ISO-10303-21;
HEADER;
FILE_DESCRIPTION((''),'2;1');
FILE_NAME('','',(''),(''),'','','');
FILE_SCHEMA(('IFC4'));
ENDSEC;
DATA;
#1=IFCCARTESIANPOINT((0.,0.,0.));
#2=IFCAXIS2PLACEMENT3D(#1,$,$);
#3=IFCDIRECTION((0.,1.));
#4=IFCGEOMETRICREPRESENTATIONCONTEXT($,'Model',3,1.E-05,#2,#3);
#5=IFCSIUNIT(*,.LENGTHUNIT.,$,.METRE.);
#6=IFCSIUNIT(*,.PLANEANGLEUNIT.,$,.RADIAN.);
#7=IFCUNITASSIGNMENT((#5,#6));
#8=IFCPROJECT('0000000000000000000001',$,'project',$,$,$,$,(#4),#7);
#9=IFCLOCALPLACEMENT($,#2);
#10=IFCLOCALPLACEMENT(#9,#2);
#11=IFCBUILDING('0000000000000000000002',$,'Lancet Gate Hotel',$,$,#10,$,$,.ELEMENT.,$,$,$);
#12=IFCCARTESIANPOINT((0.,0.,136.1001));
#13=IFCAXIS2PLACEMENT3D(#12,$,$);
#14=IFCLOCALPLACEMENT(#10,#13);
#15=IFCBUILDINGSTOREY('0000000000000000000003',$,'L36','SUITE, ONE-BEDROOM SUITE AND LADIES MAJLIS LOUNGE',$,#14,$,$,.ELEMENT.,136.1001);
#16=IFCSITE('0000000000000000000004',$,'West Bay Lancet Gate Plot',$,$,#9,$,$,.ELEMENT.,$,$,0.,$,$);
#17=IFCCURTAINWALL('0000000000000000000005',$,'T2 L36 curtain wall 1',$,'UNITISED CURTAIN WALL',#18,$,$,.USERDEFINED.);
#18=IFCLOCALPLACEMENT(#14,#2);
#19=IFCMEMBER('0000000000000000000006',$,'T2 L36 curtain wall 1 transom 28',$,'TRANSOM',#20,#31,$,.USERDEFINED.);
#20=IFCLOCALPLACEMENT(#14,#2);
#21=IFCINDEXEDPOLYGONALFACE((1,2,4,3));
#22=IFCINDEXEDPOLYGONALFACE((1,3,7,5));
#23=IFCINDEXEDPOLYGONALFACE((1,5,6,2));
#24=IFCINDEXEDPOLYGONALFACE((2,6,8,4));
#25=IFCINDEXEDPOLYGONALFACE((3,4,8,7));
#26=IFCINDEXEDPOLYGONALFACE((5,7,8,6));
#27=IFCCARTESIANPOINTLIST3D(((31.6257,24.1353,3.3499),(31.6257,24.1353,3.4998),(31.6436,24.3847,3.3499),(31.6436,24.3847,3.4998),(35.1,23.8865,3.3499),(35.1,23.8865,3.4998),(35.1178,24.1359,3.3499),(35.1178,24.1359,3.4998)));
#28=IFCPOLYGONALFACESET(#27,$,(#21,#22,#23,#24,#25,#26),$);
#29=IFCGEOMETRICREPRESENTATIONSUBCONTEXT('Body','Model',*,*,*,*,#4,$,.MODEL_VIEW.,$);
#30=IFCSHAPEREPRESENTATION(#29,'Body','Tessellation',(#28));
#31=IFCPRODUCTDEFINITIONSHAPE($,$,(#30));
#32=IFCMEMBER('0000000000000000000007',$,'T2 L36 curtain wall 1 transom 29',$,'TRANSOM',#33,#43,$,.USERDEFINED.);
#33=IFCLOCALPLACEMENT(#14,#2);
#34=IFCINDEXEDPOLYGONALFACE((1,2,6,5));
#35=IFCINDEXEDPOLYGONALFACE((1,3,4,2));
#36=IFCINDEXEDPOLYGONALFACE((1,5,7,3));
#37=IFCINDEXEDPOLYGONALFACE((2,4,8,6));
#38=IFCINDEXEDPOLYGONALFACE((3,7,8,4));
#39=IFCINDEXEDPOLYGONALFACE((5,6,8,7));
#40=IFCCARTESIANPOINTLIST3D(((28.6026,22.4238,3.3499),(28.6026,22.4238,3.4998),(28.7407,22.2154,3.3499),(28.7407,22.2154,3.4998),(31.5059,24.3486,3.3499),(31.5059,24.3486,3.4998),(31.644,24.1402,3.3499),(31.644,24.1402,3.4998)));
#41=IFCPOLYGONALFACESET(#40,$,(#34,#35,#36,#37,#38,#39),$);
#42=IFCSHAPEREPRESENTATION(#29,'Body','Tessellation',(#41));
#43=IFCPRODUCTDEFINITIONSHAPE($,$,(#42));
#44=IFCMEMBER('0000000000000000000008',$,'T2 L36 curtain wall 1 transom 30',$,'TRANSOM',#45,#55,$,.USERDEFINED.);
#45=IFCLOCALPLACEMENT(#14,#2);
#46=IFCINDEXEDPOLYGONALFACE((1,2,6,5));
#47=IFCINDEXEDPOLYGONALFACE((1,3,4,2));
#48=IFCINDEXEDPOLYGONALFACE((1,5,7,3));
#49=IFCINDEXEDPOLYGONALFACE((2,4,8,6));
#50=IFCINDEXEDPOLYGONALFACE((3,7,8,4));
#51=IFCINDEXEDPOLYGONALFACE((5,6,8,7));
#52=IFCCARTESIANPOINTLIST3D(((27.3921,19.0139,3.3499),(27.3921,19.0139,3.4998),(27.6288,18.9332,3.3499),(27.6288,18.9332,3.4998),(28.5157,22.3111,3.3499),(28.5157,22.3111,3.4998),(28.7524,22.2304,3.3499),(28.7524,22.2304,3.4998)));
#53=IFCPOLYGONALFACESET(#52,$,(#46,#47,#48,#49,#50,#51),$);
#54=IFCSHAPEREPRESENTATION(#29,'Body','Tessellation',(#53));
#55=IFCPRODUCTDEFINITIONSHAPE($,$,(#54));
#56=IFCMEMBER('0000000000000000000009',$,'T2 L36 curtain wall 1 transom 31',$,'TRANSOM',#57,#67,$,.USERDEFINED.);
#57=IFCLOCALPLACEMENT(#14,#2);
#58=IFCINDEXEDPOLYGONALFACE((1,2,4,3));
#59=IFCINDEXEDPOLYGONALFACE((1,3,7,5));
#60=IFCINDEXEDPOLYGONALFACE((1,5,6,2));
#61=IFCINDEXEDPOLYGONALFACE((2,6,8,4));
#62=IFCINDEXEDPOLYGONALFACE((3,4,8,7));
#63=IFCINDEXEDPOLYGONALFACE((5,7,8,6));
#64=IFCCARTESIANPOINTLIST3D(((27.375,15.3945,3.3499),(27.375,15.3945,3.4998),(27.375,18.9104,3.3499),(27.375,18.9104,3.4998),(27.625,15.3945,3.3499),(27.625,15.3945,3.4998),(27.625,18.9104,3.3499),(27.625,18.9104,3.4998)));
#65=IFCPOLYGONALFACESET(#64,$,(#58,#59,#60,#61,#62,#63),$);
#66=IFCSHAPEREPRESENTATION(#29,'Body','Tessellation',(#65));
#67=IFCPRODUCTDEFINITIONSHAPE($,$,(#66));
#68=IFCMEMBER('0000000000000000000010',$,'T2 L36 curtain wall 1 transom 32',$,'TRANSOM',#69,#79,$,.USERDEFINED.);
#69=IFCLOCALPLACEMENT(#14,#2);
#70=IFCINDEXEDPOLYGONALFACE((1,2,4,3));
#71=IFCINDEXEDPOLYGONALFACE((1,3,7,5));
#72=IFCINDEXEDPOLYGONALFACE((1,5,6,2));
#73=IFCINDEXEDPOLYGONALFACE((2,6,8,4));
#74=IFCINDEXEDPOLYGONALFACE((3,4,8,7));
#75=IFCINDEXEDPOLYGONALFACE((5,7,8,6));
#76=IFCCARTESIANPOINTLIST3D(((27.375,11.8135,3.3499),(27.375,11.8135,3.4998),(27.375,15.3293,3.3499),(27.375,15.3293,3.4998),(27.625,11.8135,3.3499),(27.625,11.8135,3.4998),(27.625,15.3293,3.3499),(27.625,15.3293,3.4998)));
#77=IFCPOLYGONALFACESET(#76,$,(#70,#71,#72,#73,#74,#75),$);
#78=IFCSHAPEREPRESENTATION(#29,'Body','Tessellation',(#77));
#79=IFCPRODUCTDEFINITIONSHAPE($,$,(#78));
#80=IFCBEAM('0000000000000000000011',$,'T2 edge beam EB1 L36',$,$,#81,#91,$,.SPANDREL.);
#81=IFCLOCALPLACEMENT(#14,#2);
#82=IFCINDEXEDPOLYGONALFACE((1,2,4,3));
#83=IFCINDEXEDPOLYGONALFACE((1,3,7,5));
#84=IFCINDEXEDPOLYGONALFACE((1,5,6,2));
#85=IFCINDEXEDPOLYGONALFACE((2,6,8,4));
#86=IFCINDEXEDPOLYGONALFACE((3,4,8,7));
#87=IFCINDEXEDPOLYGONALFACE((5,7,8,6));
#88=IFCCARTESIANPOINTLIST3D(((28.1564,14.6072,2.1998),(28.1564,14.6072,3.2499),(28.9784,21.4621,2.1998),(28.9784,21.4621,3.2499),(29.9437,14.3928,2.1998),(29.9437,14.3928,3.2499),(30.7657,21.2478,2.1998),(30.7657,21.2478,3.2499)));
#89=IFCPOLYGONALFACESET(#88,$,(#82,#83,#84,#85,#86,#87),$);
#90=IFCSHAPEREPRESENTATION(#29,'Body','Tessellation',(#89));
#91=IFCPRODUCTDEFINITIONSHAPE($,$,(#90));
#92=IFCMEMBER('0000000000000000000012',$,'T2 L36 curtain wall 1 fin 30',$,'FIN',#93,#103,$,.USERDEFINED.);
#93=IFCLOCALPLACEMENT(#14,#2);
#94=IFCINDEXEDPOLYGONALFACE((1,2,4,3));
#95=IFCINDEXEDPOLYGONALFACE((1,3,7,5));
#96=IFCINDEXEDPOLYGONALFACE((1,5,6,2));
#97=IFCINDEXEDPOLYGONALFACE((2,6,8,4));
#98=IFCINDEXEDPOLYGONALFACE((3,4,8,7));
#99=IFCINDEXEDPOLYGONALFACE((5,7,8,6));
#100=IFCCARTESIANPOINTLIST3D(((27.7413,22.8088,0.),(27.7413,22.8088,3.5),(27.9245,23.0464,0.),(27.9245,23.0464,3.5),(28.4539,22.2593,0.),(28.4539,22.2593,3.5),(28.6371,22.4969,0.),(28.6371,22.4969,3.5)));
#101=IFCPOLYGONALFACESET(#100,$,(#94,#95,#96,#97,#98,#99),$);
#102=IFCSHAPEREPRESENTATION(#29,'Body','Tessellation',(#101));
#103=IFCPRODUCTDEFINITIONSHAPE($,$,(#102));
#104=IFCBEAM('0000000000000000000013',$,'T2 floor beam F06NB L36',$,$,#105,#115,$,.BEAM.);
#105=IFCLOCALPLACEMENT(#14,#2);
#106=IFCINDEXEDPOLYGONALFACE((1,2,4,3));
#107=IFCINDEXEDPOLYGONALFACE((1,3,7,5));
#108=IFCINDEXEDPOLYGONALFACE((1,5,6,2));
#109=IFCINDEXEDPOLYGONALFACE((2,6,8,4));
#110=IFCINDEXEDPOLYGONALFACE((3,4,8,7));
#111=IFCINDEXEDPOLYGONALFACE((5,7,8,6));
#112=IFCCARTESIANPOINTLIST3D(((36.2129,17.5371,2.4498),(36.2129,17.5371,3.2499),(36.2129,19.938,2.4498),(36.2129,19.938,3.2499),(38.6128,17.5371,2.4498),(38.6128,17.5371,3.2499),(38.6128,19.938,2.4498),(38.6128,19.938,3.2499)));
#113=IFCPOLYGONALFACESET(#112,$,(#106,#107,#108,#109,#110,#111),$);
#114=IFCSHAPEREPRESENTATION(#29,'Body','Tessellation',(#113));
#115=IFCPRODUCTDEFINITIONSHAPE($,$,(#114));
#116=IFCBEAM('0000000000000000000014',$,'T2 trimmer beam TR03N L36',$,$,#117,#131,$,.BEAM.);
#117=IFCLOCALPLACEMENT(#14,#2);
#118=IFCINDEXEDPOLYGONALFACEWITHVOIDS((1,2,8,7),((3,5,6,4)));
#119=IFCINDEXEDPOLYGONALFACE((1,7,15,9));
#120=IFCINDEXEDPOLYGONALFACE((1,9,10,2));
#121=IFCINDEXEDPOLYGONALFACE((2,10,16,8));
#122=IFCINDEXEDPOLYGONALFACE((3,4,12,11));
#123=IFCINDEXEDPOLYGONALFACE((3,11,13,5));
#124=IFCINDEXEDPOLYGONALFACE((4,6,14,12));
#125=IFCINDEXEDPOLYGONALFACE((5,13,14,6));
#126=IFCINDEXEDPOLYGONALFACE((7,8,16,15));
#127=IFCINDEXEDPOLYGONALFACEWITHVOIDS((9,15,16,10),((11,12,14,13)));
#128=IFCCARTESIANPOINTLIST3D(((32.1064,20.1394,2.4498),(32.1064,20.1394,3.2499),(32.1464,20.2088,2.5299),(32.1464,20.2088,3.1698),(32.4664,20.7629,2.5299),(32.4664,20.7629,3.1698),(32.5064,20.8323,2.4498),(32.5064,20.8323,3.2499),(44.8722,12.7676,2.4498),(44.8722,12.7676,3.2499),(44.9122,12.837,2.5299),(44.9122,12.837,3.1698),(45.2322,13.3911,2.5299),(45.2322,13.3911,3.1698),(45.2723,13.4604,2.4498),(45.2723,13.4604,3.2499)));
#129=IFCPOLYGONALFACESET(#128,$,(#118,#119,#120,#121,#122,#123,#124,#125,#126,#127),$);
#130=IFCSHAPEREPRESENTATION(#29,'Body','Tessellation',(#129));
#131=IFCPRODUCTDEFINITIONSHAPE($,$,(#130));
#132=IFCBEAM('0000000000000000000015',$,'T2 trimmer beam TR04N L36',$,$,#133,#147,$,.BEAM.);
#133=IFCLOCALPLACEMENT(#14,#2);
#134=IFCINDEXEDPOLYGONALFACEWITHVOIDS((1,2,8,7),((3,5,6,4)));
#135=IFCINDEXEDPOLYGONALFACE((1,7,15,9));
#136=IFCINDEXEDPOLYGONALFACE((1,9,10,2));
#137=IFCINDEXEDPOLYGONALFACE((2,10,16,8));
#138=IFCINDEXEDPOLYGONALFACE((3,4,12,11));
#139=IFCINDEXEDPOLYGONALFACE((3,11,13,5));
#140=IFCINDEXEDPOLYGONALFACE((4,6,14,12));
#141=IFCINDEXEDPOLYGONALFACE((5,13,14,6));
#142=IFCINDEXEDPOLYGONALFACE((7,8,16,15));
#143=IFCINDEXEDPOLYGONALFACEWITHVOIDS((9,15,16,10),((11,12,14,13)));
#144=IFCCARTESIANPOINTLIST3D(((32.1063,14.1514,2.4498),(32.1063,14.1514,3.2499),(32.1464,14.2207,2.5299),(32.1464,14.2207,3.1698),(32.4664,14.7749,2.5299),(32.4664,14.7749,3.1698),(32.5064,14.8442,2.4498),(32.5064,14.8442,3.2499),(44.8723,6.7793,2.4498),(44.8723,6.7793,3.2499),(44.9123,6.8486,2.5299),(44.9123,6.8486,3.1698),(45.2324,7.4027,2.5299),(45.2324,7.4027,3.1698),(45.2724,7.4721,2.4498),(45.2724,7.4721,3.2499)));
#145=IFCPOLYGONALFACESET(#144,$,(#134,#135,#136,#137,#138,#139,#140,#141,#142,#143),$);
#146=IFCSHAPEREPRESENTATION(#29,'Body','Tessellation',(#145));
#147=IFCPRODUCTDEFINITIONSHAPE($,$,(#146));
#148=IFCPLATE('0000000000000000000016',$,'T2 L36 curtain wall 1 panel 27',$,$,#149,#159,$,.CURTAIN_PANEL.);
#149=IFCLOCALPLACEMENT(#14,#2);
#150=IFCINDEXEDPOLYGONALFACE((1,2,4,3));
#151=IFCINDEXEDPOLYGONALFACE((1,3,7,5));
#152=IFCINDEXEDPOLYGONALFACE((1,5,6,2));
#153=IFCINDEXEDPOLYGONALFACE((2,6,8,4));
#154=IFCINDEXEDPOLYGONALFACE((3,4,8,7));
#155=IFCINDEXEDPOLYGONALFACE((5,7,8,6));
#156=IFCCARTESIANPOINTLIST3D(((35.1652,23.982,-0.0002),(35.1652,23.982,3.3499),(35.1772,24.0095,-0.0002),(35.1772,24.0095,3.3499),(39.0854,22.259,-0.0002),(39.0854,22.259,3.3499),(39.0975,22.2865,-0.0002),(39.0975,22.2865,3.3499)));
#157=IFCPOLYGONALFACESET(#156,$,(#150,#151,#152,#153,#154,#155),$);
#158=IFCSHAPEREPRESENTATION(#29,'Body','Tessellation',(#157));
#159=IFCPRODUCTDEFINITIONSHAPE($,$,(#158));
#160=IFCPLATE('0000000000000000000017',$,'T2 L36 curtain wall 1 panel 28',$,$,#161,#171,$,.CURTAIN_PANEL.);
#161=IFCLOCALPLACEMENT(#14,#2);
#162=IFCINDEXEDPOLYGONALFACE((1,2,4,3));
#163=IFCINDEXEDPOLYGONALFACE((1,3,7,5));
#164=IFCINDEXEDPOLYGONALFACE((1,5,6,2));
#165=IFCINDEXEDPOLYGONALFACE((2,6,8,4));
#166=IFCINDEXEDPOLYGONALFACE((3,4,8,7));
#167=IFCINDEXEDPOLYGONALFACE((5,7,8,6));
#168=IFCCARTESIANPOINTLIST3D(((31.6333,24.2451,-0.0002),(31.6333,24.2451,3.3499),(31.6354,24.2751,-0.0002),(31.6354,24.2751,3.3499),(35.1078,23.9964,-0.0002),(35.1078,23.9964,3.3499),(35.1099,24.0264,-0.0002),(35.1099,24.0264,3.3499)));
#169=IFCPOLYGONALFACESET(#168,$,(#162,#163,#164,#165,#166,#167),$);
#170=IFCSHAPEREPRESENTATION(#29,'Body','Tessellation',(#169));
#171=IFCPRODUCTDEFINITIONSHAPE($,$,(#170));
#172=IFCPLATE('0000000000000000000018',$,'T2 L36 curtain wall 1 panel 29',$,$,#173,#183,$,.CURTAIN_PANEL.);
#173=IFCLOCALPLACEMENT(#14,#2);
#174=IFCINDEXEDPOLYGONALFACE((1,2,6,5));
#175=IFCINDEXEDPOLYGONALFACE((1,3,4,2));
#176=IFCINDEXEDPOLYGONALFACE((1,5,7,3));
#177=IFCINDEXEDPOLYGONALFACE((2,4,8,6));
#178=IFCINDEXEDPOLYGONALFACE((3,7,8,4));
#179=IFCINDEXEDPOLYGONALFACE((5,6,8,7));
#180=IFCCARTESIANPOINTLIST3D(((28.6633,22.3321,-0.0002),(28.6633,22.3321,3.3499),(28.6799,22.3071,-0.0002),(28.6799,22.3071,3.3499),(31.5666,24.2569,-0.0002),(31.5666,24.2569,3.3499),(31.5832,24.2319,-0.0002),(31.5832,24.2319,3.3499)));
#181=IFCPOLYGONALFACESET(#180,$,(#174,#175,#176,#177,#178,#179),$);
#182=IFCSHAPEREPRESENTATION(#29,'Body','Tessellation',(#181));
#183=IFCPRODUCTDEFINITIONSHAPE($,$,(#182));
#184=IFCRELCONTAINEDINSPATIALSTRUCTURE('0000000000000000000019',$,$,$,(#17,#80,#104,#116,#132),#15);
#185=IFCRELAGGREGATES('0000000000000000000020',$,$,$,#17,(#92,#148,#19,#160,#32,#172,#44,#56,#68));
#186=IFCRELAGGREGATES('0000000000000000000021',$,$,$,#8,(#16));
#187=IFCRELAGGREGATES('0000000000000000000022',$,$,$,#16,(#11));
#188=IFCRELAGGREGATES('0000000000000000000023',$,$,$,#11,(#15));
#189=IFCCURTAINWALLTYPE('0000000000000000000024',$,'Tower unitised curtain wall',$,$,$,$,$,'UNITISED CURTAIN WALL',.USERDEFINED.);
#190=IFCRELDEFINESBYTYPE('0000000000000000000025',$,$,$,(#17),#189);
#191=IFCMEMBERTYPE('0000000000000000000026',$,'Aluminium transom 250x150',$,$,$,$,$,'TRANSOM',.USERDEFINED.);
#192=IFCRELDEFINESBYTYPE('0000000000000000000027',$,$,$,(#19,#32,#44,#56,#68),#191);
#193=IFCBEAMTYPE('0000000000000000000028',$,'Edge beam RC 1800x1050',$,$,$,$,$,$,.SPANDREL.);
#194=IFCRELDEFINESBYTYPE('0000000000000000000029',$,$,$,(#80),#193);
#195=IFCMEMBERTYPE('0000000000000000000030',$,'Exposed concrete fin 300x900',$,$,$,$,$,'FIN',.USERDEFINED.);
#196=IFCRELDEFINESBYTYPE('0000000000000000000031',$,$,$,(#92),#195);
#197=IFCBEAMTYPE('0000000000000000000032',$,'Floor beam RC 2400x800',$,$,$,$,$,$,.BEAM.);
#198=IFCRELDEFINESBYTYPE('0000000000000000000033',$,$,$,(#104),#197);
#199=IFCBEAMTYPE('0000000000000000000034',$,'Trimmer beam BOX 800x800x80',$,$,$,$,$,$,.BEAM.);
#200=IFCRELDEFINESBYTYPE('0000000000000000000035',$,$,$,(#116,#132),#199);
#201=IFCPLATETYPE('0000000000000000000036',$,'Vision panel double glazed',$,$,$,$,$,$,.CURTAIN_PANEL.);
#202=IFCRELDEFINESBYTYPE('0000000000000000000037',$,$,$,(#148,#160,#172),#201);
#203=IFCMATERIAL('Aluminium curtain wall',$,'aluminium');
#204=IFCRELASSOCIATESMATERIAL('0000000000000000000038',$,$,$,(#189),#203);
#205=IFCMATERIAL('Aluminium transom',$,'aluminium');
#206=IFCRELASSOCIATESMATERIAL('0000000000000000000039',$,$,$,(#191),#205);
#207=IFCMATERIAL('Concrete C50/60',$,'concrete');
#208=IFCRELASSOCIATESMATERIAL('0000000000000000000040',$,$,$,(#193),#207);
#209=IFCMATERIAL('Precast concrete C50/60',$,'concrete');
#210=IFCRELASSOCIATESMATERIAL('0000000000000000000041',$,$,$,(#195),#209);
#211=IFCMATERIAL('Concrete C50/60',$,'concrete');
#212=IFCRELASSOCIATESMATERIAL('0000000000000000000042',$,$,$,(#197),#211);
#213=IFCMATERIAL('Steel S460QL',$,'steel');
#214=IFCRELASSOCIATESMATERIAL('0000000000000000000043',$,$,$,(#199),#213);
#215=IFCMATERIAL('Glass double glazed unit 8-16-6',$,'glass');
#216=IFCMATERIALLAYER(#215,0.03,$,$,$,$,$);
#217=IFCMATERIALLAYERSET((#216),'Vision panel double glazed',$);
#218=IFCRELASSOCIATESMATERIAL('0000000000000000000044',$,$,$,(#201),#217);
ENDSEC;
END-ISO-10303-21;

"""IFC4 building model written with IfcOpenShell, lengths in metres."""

from ifc_helpers import new_model, si_unit, direction, frame, origin, origin_2d, place, context, subcontext, project, spatial, rectangle, hollow_rectangle, extrude, material, layer, layer_set, material_profile, profile_set, type_object, element, aggregate, save


model = new_model("IFC4")

# Units and contexts
model_context = context("Model", 3, precision=1e-05, world=origin(), true_north=direction((0.0, 1.0)))
body_context = subcontext(model_context, "Body", "Model", "MODEL_VIEW")
ifc_project = project(units=[si_unit("LENGTHUNIT", "METRE"), si_unit("PLANEANGLEUNIT", "RADIAN")], contexts=[model_context])

# Site, building, storey
site_placement = place(None, origin())
site = spatial("IfcSite", under=ifc_project, at=site_placement, Name="West Bay Lancet Gate Plot", CompositionType="ELEMENT", RefElevation=0.0)
building_placement = place(site_placement, origin())
building = spatial("IfcBuilding", under=site, at=building_placement, Name="Lancet Gate Hotel", CompositionType="ELEMENT")
storey_placement = place(building_placement, frame((0.0, 0.0, 136.1001)))
storey = spatial("IfcBuildingStorey", under=building, at=storey_placement, Name="L36", Description="SUITE, ONE-BEDROOM SUITE AND LADIES MAJLIS LOUNGE", CompositionType="ELEMENT", Elevation=136.1001)

# Curtain wall, members
ifc_material_1 = material(Name="Aluminium curtain wall", Category="aluminium")
curtain_wall_type = type_object("IfcCurtainWallType", Name="Tower unitised curtain wall", ElementType="UNITISED CURTAIN WALL", PredefinedType="USERDEFINED", material=ifc_material_1)
curtain_wall_placement = place(storey_placement, origin())
curtain_wall = element("IfcCurtainWall", 1, at=curtain_wall_placement, inside=storey, type_object=curtain_wall_type, Name="T2 L36 curtain wall 1", ObjectType="UNITISED CURTAIN WALL", PredefinedType="USERDEFINED")
ifc_material_2 = material(Name="Aluminium transom", Category="aluminium")
ifc_material_profile_1 = material_profile(ifc_material_2, rectangle(XDim=0.25, YDim=0.1499, at=origin_2d()), Name="TRANSOM 250x150")
ifc_profile_set_1 = profile_set([ifc_material_profile_1], Name="Aluminium transom")
member_type_1 = type_object("IfcMemberType", Name="Aluminium transom 250x150", ElementType="TRANSOM", PredefinedType="USERDEFINED", material=ifc_profile_set_1)
member_1_placement = place(storey_placement, frame((35.1089, 24.0112, 3.4248), z_axis=(-0.997446, 0.071421, 0.0), x_axis=(-0.071421, -0.997446, 0.0)))
member_1 = element("IfcMember", 2, at=member_1_placement, type_object=member_type_1, Name="T2 L36 curtain wall 1 transom 28", ObjectType="TRANSOM", PredefinedType="USERDEFINED", context=body_context, shape_type="SweptSolid", body=[
    extrude(rectangle(XDim=0.25, YDim=0.1499, at=origin_2d()), origin(), (0.0, 0.0, 1.0), 3.4832),
])
member_2_placement = place(storey_placement, frame((31.575, 24.2444, 3.4248), z_axis=(-0.833471, -0.552563, 0.0), x_axis=(0.552563, -0.833471, 0.0)))
member_2 = element("IfcMember", 3, at=member_2_placement, type_object=member_type_1, Name="T2 L36 curtain wall 1 transom 29", ObjectType="TRANSOM", PredefinedType="USERDEFINED", context=body_context, shape_type="SweptSolid", body=[
    extrude(rectangle(XDim=0.25, YDim=0.1499, at=origin_2d()), origin(), (0.0, 0.0, 1.0), 3.4834),
])
member_3_placement = place(storey_placement, frame((28.634, 22.2708, 3.4248), z_axis=(-0.32255, -0.946553, 0.0), x_axis=(0.946553, -0.32255, 0.0)))
member_3 = element("IfcMember", 4, at=member_3_placement, type_object=member_type_1, Name="T2 L36 curtain wall 1 transom 30", ObjectType="TRANSOM", PredefinedType="USERDEFINED", context=body_context, shape_type="SweptSolid", body=[
    extrude(rectangle(XDim=0.25, YDim=0.1499, at=origin_2d()), origin(), (0.0, 0.0, 1.0), 3.4834),
])
member_4_placement = place(storey_placement, frame((27.5, 18.9104, 3.4248), z_axis=(0.0, -1.0, 0.0), x_axis=(1.0, 0.0, 0.0)))
member_4 = element("IfcMember", 5, at=member_4_placement, type_object=member_type_1, Name="T2 L36 curtain wall 1 transom 31", ObjectType="TRANSOM", PredefinedType="USERDEFINED", context=body_context, shape_type="SweptSolid", body=[
    extrude(rectangle(XDim=0.25, YDim=0.1499, at=origin_2d()), origin(), (0.0, 0.0, 1.0), 3.5159),
])
member_5_placement = place(storey_placement, frame((27.5, 15.3293, 3.4248), z_axis=(0.0, -1.0, 0.0), x_axis=(1.0, 0.0, 0.0)))
member_5 = element("IfcMember", 6, at=member_5_placement, type_object=member_type_1, Name="T2 L36 curtain wall 1 transom 32", ObjectType="TRANSOM", PredefinedType="USERDEFINED", context=body_context, shape_type="SweptSolid", body=[
    extrude(rectangle(XDim=0.25, YDim=0.1499, at=origin_2d()), origin(), (0.0, 0.0, 1.0), 3.5159),
])

# Beam
ifc_material_3 = material(Name="Concrete C50/60", Category="concrete")
ifc_material_profile_2 = material_profile(ifc_material_3, rectangle(XDim=1.8, YDim=1.05, at=origin_2d()), Name="RC 1800x1050")
ifc_profile_set_2 = profile_set([ifc_material_profile_2], Name="Concrete C50/60")
beam_type_1 = type_object("IfcBeamType", Name="Edge beam RC 1800x1050", PredefinedType="SPANDREL", material=ifc_profile_set_2)
beam_1_placement = place(storey_placement, frame((29.05, 14.5, 2.7249), z_axis=(0.119063, 0.992887, 0.0), x_axis=(-0.992887, 0.119063, 0.0)))
element("IfcBeam", 7, at=beam_1_placement, inside=storey, type_object=beam_type_1, Name="T2 edge beam EB1 L36", PredefinedType="SPANDREL", context=body_context, shape_type="SweptSolid", body=[
    extrude(rectangle(XDim=1.8, YDim=1.05, at=origin_2d()), origin(), (0.0, 0.0, 1.0), 6.9041),
])

# Member
ifc_material_4 = material(Name="Precast concrete C50/60", Category="concrete")
ifc_material_profile_3 = material_profile(ifc_material_4, rectangle(XDim=0.3, YDim=0.8999, at=origin_2d()), Name="FIN 300x900")
ifc_profile_set_3 = profile_set([ifc_material_profile_3], Name="Precast concrete C50/60")
member_type_2 = type_object("IfcMemberType", Name="Exposed concrete fin 300x900", ElementType="FIN", PredefinedType="USERDEFINED", material=ifc_profile_set_3)
member_6_placement = place(storey_placement, frame((28.1892, 22.6528, 0.0), z_axis=(0.0, 0.0, 1.0), x_axis=(-0.610664, -0.79189, 0.0)))
member_6 = element("IfcMember", 8, at=member_6_placement, type_object=member_type_2, Name="T2 L36 curtain wall 1 fin 30", ObjectType="FIN", PredefinedType="USERDEFINED", context=body_context, shape_type="SweptSolid", body=[
    extrude(rectangle(XDim=0.3, YDim=0.8999, at=origin_2d()), origin(), (0.0, 0.0, 1.0), 3.5),
])

# Beams
ifc_material_5 = material(Name="Concrete C50/60", Category="concrete")
ifc_material_profile_4 = material_profile(ifc_material_5, rectangle(XDim=2.3999, YDim=0.8, at=origin_2d()), Name="RC 2400x800")
ifc_profile_set_4 = profile_set([ifc_material_profile_4], Name="Concrete C50/60")
beam_type_2 = type_object("IfcBeamType", Name="Floor beam RC 2400x800", PredefinedType="BEAM", material=ifc_profile_set_4)
beam_2_placement = place(storey_placement, frame((37.4128, 17.5371, 2.8499), z_axis=(0.0, 1.0, 0.0), x_axis=(-1.0, 0.0, 0.0)))
element("IfcBeam", 9, at=beam_2_placement, inside=storey, type_object=beam_type_2, Name="T2 floor beam F06NB L36", PredefinedType="BEAM", context=body_context, shape_type="SweptSolid", body=[
    extrude(rectangle(XDim=2.3999, YDim=0.8, at=origin_2d()), origin(), (0.0, 0.0, 1.0), 2.4009),
])
ifc_material_6 = material(Name="Steel S460QL", Category="steel")
ifc_material_profile_5 = material_profile(ifc_material_6, hollow_rectangle(XDim=0.8, YDim=0.8, WallThickness=0.0801, at=origin_2d()), Name="BOX 800x800x80")
ifc_profile_set_5 = profile_set([ifc_material_profile_5], Name="Steel S460QL")
beam_type_3 = type_object("IfcBeamType", Name="Trimmer beam BOX 800x800x80", PredefinedType="BEAM", material=ifc_profile_set_5)
beam_3_placement = place(storey_placement, frame((32.3064, 20.4858, 2.8499), z_axis=(0.865983, -0.500074, 0.0), x_axis=(0.500074, 0.865983, 0.0)))
element("IfcBeam", 10, at=beam_3_placement, inside=storey, type_object=beam_type_3, Name="T2 trimmer beam TR03N L36", PredefinedType="BEAM", context=body_context, shape_type="SweptSolid", body=[
    extrude(hollow_rectangle(XDim=0.8, YDim=0.8, WallThickness=0.0801, at=origin_2d()), origin(), (0.0, 0.0, 1.0), 14.7415),
])
beam_4_placement = place(storey_placement, frame((32.3064, 14.4978, 2.8499), z_axis=(0.865976, -0.500086, 0.0), x_axis=(0.500086, 0.865976, 0.0)))
element("IfcBeam", 11, at=beam_4_placement, inside=storey, type_object=beam_type_3, Name="T2 trimmer beam TR04N L36", PredefinedType="BEAM", context=body_context, shape_type="SweptSolid", body=[
    extrude(hollow_rectangle(XDim=0.8, YDim=0.8, WallThickness=0.0801, at=origin_2d()), origin(), (0.0, 0.0, 1.0), 14.7417),
])

# Plates
ifc_material_7 = material(Name="Glass double glazed unit 8-16-6", Category="glass")
ifc_layer_1 = layer(ifc_material_7, 0.03)
ifc_layer_set_1 = layer_set([ifc_layer_1], Name="Vision panel double glazed")
plate_type = type_object("IfcPlateType", Name="Vision panel double glazed", PredefinedType="CURTAIN_PANEL", material=ifc_layer_set_1)
plate_1_placement = place(storey_placement, frame((37.1313, 23.1343, -0.0002), z_axis=(0.0, 0.0, 1.0), x_axis=(-0.915479, 0.402367, 0.0)))
plate_1 = element("IfcPlate", 12, at=plate_1_placement, type_object=plate_type, Name="T2 L36 curtain wall 1 panel 27", PredefinedType="CURTAIN_PANEL", context=body_context, shape_type="SweptSolid", body=[
    extrude(rectangle(XDim=4.2822, YDim=0.03, at=origin_2d()), origin(), (0.0, 0.0, 1.0), 3.3501),
])
plate_2_placement = place(storey_placement, frame((33.3716, 24.1357, -0.0002), z_axis=(0.0, 0.0, 1.0), x_axis=(-0.997448, 0.07139, 0.0)))
plate_2 = element("IfcPlate", 13, at=plate_2_placement, type_object=plate_type, Name="T2 L36 curtain wall 1 panel 28", PredefinedType="CURTAIN_PANEL", context=body_context, shape_type="SweptSolid", body=[
    extrude(rectangle(XDim=3.4834, YDim=0.03, at=origin_2d()), origin(), (0.0, 0.0, 1.0), 3.3501),
])
plate_3_placement = place(storey_placement, frame((30.1233, 23.282, -0.0002), z_axis=(0.0, 0.0, 1.0), x_axis=(-0.833465, -0.552573, 0.0)))
plate_3 = element("IfcPlate", 14, at=plate_3_placement, type_object=plate_type, Name="T2 L36 curtain wall 1 panel 29", PredefinedType="CURTAIN_PANEL", context=body_context, shape_type="SweptSolid", body=[
    extrude(rectangle(XDim=3.4834, YDim=0.03, at=origin_2d()), origin(), (0.0, 0.0, 1.0), 3.3501),
])
aggregate(curtain_wall, [member_6, plate_1, member_1, plate_2, member_2, plate_3, member_3, member_4, member_5])

save(model, "model.ifc")
